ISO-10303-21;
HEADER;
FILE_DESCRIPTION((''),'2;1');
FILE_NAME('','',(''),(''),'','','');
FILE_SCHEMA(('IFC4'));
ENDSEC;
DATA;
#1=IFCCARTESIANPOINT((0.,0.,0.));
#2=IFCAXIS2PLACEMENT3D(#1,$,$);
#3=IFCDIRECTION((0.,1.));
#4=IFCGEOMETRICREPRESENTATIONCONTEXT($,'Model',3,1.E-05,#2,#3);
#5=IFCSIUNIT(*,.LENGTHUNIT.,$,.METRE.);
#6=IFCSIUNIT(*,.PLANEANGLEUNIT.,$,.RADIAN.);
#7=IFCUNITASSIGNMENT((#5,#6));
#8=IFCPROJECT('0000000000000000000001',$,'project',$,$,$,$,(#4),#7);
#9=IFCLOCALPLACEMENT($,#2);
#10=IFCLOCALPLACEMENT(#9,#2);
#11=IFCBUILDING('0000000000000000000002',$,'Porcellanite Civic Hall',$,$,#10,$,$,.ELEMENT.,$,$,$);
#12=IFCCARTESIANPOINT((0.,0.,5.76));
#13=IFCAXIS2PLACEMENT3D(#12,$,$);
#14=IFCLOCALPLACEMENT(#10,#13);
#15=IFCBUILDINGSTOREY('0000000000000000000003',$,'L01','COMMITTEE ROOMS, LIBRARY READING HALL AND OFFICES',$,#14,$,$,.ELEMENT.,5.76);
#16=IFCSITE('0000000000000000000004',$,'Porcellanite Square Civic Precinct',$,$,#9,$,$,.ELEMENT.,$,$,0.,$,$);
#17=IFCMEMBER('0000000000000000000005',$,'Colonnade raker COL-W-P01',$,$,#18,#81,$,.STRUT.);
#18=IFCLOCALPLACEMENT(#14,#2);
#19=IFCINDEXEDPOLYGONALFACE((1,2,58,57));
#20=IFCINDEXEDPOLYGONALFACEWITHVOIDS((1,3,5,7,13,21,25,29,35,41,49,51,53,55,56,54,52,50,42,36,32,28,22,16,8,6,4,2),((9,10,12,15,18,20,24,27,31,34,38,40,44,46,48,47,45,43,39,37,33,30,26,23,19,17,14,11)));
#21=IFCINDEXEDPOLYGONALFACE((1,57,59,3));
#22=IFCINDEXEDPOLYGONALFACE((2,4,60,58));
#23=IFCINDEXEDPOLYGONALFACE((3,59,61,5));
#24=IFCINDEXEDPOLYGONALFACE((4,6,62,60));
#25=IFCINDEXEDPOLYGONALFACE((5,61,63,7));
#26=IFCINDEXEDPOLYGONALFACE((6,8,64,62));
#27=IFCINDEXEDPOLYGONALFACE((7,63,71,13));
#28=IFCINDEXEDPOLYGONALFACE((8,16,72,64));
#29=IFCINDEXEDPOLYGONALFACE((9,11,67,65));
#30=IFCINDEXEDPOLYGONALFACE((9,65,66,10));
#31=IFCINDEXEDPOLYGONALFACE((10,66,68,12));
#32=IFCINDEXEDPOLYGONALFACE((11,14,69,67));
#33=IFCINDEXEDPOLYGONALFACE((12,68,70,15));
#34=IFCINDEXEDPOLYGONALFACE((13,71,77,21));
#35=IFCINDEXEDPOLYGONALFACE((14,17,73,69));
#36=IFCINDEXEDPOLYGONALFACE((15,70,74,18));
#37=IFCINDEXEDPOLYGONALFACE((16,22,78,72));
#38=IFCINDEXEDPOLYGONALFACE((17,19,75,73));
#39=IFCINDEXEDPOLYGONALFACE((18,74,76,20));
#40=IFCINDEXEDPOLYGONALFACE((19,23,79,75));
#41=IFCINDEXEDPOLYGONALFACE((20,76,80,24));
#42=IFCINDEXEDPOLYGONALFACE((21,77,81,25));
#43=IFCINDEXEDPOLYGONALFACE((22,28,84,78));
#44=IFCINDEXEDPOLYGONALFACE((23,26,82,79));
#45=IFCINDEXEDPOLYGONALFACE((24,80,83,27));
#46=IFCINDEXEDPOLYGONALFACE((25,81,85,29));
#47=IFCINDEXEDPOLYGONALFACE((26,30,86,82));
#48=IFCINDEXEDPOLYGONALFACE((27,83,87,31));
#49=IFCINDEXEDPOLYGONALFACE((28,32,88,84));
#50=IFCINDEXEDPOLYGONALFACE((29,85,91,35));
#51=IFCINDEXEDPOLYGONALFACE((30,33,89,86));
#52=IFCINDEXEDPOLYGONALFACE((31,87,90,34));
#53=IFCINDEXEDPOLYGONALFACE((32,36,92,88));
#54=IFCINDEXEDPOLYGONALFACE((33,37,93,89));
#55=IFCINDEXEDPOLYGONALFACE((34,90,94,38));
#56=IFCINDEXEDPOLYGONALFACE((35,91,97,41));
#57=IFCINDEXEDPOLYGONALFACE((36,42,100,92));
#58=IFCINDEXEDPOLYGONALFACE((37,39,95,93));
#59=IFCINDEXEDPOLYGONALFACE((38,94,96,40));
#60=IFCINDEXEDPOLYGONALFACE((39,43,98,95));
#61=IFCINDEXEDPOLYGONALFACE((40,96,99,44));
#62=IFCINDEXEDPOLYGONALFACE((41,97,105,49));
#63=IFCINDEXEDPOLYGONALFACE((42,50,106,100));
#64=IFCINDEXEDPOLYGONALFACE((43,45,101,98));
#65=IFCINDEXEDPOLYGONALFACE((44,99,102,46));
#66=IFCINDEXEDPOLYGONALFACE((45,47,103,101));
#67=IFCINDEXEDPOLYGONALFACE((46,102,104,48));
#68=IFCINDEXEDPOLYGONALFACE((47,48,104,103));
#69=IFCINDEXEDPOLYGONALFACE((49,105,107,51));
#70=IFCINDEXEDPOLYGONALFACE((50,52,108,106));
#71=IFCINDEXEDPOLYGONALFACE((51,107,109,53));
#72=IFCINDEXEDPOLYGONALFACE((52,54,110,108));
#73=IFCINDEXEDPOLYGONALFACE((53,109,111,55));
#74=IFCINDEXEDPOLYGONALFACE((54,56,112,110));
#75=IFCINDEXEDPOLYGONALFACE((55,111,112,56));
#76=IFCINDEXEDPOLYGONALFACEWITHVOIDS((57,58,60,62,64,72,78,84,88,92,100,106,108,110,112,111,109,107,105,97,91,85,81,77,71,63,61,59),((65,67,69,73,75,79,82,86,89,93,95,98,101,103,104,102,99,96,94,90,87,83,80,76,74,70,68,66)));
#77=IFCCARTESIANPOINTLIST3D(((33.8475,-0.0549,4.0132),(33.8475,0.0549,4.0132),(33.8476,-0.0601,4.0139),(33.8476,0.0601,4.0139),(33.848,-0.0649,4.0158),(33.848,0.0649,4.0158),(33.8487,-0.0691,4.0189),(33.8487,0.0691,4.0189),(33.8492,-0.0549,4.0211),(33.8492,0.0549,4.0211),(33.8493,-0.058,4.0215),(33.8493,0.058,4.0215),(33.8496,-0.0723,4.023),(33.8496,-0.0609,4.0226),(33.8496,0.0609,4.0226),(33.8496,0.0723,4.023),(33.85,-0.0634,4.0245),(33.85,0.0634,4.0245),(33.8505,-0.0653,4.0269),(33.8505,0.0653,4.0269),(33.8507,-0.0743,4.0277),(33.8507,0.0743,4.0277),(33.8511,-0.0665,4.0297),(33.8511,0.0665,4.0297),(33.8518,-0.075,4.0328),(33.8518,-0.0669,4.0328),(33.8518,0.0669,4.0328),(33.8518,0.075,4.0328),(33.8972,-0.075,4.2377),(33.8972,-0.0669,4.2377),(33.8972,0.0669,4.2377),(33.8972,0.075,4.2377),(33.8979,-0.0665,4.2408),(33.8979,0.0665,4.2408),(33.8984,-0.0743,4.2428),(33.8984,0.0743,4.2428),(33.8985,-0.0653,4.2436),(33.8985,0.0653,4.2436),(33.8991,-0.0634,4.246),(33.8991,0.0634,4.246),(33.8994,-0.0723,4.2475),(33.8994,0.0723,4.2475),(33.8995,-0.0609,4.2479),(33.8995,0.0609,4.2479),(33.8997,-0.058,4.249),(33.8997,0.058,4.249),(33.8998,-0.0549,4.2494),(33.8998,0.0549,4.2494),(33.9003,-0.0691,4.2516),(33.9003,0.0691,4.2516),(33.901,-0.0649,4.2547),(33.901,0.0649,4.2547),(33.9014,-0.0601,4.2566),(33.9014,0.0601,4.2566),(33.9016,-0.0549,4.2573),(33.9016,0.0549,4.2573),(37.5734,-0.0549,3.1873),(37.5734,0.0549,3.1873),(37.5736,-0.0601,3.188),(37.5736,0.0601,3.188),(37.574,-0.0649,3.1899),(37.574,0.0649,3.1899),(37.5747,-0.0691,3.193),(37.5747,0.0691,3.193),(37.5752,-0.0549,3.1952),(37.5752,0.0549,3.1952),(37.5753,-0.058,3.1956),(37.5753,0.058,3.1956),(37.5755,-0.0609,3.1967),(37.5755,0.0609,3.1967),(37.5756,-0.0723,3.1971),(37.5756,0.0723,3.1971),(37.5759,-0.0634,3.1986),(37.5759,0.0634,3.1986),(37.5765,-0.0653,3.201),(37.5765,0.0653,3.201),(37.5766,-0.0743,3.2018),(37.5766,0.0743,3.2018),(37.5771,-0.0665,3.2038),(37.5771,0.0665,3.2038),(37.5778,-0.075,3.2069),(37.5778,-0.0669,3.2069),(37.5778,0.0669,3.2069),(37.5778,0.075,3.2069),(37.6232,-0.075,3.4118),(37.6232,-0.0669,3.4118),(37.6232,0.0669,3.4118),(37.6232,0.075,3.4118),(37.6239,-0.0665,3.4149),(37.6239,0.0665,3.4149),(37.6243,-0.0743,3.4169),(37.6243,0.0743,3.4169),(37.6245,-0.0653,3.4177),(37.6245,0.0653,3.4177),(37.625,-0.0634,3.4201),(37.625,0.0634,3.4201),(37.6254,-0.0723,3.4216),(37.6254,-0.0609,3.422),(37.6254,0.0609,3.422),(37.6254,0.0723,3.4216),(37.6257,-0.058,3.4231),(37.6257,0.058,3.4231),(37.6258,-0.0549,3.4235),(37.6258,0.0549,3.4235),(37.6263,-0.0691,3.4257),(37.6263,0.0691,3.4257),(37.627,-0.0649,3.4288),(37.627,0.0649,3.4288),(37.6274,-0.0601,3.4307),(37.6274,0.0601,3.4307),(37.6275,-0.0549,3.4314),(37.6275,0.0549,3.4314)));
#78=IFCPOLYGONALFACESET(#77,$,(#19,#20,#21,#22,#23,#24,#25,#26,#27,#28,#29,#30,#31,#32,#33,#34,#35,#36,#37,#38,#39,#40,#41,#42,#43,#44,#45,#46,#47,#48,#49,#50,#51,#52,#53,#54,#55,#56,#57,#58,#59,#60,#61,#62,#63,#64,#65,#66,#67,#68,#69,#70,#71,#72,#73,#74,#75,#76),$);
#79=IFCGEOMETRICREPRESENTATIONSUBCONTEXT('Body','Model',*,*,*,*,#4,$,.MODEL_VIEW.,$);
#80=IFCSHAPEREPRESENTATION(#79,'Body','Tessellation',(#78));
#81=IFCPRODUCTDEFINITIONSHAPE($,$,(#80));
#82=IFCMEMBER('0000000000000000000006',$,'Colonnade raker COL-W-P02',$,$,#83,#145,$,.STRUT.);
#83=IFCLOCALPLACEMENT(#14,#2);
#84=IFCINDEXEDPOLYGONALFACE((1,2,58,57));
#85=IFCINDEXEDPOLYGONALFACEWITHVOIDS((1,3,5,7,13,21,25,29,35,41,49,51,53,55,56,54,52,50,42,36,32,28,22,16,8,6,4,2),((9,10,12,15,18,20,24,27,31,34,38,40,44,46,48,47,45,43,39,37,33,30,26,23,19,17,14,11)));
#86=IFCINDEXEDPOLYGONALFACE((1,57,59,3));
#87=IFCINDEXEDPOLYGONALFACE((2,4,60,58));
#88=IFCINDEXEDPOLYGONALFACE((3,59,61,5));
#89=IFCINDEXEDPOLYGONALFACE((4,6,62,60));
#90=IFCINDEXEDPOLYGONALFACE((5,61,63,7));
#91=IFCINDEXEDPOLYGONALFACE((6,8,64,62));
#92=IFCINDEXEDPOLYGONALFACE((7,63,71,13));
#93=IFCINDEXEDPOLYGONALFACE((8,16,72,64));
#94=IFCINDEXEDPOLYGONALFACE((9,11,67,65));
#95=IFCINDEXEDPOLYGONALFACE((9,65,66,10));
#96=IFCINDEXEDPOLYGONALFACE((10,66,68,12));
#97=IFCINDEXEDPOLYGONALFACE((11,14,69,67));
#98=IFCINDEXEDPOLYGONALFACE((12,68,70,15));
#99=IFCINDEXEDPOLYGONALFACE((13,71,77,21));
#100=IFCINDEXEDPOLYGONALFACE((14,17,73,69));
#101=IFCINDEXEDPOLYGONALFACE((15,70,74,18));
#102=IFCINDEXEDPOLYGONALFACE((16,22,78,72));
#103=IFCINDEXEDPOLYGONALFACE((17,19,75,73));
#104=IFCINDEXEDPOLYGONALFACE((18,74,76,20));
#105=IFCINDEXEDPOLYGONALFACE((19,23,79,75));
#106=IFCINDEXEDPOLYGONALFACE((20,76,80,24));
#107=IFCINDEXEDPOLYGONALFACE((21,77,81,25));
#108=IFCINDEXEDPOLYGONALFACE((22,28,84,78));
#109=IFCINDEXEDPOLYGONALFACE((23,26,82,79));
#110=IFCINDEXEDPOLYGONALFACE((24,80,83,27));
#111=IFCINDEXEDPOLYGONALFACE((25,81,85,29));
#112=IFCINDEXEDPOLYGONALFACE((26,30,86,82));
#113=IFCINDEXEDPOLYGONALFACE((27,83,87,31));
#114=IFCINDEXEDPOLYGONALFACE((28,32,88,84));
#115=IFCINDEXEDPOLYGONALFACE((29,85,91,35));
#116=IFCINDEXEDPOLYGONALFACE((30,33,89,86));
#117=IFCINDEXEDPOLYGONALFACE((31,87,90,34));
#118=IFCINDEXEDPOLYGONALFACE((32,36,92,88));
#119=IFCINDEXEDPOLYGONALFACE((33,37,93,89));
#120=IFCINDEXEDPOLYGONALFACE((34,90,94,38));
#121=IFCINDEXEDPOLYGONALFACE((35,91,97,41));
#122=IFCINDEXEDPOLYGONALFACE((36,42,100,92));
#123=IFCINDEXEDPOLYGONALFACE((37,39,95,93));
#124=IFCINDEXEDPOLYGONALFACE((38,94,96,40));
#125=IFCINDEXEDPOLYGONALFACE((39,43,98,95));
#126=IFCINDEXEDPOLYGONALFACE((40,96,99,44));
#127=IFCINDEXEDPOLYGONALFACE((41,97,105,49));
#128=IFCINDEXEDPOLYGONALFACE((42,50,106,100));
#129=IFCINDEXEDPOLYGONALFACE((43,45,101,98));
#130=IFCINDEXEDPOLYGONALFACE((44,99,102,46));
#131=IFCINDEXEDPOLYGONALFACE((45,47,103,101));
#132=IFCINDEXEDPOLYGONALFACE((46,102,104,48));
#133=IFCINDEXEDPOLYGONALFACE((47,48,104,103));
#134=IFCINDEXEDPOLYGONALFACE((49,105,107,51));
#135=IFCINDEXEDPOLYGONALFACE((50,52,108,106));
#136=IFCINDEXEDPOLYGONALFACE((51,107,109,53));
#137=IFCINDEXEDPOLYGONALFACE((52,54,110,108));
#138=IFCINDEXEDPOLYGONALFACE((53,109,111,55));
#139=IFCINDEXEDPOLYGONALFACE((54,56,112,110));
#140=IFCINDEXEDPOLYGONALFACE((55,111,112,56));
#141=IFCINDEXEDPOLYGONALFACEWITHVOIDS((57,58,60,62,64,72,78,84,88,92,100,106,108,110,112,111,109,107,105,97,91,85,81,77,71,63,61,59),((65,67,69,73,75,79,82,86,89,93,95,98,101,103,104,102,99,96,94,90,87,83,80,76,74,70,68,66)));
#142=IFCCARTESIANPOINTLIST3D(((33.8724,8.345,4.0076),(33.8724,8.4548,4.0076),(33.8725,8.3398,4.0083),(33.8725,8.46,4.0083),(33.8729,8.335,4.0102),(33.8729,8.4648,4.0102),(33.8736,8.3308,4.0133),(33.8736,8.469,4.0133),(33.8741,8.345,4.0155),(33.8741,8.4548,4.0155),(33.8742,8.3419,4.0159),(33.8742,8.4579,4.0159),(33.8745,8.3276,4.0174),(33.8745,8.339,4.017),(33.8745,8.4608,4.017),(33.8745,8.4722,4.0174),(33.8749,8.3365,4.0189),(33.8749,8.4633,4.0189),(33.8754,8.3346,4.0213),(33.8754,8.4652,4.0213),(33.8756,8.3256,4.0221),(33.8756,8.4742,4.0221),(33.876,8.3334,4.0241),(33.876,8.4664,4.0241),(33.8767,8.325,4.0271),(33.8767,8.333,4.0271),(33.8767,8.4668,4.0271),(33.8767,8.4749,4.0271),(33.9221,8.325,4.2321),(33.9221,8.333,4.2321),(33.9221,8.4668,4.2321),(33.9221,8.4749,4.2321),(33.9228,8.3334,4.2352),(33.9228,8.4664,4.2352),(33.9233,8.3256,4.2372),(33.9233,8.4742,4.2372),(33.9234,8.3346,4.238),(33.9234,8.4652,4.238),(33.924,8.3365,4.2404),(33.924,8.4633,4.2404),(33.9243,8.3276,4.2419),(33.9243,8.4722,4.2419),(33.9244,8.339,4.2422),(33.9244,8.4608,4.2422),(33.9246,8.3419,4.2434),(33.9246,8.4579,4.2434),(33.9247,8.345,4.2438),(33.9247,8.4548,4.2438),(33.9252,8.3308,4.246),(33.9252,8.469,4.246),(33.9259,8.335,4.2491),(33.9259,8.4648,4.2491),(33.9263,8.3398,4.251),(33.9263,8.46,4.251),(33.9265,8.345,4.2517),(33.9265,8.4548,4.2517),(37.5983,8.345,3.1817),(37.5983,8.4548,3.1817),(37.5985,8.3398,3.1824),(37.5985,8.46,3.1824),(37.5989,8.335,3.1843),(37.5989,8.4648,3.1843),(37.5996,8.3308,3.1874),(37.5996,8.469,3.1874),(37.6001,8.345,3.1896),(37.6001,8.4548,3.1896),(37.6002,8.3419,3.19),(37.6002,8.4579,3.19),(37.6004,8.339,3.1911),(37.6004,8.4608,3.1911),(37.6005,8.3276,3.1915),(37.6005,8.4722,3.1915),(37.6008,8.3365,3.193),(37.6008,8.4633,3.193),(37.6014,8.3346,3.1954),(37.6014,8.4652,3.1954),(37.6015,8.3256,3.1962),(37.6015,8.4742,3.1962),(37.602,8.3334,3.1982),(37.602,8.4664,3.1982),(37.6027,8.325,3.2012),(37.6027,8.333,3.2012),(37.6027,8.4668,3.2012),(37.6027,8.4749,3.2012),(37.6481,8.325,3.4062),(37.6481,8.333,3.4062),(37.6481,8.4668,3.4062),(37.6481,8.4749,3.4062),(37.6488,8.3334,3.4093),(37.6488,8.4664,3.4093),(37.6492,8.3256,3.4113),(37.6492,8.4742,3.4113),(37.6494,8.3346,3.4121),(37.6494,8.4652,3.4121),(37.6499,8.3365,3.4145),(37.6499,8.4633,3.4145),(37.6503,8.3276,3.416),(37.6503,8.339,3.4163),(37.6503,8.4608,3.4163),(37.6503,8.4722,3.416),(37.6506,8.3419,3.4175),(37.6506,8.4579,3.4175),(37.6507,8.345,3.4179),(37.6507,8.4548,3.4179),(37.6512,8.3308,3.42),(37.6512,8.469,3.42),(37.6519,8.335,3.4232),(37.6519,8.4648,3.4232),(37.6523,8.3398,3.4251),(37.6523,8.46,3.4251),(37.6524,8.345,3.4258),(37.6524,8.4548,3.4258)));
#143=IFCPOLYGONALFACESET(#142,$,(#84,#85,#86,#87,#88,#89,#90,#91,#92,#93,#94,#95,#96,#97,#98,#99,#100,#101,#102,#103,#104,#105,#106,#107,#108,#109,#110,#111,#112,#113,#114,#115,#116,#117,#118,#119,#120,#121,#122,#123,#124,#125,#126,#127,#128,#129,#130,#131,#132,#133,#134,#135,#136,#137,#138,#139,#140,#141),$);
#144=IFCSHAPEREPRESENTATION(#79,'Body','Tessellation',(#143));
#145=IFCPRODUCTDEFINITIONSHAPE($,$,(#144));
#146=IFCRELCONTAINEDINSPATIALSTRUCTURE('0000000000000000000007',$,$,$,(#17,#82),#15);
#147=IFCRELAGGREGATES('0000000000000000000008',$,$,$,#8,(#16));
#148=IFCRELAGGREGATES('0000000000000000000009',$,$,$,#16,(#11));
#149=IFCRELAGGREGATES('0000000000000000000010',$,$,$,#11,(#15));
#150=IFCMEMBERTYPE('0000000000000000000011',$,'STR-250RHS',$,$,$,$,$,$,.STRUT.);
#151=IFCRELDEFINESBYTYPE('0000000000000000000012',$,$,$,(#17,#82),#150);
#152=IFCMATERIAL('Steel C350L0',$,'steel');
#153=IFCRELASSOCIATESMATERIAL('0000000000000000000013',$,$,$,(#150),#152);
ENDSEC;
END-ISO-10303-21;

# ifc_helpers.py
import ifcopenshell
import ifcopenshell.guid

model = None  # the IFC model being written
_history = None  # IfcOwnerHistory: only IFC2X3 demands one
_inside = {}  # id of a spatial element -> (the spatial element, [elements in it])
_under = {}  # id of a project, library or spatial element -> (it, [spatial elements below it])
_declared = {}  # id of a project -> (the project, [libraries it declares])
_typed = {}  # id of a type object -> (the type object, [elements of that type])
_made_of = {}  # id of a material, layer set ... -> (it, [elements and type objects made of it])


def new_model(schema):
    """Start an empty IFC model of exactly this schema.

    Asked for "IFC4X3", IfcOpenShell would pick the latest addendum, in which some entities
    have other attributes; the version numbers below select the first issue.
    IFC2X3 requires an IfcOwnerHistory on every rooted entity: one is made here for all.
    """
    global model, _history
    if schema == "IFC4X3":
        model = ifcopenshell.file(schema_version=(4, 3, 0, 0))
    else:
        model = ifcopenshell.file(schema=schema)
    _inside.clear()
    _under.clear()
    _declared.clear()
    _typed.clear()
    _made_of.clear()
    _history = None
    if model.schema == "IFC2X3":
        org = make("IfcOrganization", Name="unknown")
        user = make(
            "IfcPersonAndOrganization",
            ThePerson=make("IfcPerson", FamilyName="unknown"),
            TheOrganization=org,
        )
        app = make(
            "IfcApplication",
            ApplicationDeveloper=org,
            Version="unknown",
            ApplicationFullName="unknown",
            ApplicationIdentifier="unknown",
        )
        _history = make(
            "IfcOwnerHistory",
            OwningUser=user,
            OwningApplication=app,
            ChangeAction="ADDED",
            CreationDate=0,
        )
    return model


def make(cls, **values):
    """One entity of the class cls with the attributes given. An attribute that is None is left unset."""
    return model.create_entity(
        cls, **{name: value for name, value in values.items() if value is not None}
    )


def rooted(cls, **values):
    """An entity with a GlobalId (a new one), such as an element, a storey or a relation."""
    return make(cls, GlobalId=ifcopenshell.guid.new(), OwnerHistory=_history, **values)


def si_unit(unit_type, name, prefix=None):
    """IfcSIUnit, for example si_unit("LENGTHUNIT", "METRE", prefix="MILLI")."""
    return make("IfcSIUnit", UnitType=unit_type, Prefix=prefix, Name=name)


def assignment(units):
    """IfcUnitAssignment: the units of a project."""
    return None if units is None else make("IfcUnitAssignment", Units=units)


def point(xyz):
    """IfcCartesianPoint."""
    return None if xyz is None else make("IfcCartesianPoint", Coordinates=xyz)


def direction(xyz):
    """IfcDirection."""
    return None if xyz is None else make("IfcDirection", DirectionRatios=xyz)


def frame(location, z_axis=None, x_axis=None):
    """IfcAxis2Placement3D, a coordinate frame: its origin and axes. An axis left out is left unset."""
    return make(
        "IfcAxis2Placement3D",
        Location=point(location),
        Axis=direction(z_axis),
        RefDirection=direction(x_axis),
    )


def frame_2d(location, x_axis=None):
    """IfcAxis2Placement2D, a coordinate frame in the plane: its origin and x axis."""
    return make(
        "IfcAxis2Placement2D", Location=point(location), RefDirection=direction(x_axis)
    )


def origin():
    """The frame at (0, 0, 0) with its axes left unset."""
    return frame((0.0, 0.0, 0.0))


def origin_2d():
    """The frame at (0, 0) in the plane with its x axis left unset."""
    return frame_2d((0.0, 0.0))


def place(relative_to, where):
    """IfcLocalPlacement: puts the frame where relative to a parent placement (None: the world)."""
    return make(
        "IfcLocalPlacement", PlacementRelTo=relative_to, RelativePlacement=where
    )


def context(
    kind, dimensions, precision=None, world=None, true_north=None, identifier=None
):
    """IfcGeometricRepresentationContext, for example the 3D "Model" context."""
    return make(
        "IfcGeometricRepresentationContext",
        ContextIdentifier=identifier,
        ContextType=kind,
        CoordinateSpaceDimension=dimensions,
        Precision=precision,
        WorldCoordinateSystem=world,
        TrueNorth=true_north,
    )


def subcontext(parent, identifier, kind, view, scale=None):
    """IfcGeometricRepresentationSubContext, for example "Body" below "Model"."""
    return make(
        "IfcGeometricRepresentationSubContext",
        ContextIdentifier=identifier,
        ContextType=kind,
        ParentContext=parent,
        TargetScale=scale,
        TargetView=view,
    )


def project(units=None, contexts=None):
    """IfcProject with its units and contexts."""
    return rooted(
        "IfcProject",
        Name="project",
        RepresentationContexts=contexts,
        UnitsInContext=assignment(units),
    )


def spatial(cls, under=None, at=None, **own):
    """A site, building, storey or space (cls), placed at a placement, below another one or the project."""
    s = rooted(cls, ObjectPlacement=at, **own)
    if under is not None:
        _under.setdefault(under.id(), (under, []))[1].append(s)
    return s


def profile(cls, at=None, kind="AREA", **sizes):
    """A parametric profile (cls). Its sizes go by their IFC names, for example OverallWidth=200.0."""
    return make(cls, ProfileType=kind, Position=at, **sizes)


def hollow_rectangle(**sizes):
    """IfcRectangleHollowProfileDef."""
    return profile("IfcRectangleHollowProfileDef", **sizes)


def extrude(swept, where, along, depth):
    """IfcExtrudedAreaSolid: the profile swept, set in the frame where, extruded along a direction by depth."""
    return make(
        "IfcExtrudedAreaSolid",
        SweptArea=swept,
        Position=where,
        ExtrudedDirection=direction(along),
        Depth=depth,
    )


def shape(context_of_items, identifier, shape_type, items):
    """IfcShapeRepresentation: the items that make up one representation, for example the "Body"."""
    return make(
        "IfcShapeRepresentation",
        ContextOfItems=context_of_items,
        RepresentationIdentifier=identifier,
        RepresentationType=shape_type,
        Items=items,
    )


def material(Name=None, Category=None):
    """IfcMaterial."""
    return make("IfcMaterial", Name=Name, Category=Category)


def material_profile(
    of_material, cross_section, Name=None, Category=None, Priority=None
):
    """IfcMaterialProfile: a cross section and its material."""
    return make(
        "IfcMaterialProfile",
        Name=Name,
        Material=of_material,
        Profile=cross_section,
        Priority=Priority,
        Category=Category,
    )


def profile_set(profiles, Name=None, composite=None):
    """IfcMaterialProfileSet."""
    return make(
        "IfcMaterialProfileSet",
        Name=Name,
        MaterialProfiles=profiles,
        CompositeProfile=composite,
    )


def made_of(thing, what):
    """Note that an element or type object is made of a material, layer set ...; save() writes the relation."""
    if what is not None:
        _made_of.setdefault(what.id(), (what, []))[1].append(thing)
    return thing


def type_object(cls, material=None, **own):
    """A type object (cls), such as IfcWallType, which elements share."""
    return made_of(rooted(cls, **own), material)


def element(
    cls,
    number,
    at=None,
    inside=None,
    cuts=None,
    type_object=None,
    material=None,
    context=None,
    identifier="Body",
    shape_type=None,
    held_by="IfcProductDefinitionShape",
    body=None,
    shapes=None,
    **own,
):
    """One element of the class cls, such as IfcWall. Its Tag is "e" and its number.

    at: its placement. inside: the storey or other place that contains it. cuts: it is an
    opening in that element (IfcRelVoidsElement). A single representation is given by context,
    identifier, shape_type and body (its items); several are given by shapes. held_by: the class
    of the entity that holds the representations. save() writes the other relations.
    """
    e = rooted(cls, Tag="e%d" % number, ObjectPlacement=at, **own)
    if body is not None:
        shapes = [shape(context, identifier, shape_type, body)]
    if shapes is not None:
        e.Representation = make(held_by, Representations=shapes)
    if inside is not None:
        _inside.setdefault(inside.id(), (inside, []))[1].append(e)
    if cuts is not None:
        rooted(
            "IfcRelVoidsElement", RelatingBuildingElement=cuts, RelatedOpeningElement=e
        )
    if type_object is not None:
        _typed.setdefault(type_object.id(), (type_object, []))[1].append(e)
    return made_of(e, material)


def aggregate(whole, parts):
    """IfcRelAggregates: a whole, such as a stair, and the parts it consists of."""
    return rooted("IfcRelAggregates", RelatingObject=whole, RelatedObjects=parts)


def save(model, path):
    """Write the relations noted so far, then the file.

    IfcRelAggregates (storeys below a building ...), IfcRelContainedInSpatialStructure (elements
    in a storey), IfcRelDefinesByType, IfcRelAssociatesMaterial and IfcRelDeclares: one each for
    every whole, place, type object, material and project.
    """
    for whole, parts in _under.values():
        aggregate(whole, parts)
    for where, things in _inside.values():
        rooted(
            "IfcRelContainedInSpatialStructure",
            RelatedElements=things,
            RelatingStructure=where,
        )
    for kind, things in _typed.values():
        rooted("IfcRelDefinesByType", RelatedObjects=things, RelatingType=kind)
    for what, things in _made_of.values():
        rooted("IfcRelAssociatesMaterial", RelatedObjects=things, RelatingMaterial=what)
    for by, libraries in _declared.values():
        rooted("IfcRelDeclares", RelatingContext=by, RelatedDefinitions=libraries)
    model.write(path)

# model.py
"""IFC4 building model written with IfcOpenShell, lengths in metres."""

from ifc_helpers import new_model, si_unit, direction, frame, origin, origin_2d, place, context, subcontext, project, spatial, hollow_rectangle, extrude, material, material_profile, profile_set, type_object, element, save


model = new_model("IFC4")

# Units and contexts
model_context = context("Model", 3, precision=1e-05, world=origin(), true_north=direction((0.0, 1.0)))
body_context = subcontext(model_context, "Body", "Model", "MODEL_VIEW")
ifc_project = project(units=[si_unit("LENGTHUNIT", "METRE"), si_unit("PLANEANGLEUNIT", "RADIAN")], contexts=[model_context])

# Site, building, storey
site_placement = place(None, origin())
site = spatial("IfcSite", under=ifc_project, at=site_placement, Name="Porcellanite Square Civic Precinct", CompositionType="ELEMENT", RefElevation=0.0)
building_placement = place(site_placement, origin())
building = spatial("IfcBuilding", under=site, at=building_placement, Name="Porcellanite Civic Hall", CompositionType="ELEMENT")
storey_placement = place(building_placement, frame((0.0, 0.0, 5.76)))
storey = spatial("IfcBuildingStorey", under=building, at=storey_placement, Name="L01", Description="COMMITTEE ROOMS, LIBRARY READING HALL AND OFFICES", CompositionType="ELEMENT", Elevation=5.76)

# Members
ifc_material_1 = material(Name="Steel C350L0", Category="steel")
ifc_material_profile_1 = material_profile(ifc_material_1, hollow_rectangle(XDim=0.1499, YDim=0.25, WallThickness=0.0081, InnerFilletRadius=0.012, OuterFilletRadius=0.02, at=origin_2d()), Name="250x150x8.0RHS")
ifc_profile_set_1 = profile_set([ifc_material_profile_1], Name="Steel C350L0")
member_type_1 = type_object("IfcMemberType", Name="STR-250RHS", PredefinedType="STRUT", material=ifc_profile_set_1)
for number, where, z_axis, x_axis, name in (
    (1, (33.8745, 0.0, 4.1353), (0.976303, 0.0, -0.216409), (0.0, 1.0, 0.0), "Colonnade raker COL-W-P01"),
    (2, (33.8994, 8.3999, 4.1296), (0.976303, 0.0, -0.216409), (0.0, 1.0, 0.0), "Colonnade raker COL-W-P02"),
):
    element("IfcMember", number, at=place(storey_placement, frame(where, z_axis=z_axis, x_axis=x_axis)), inside=storey, type_object=member_type_1, Name=name, PredefinedType="STRUT", context=body_context, shape_type="SweptSolid", body=[
        extrude(hollow_rectangle(XDim=0.1499, YDim=0.25, WallThickness=0.0081, InnerFilletRadius=0.012, OuterFilletRadius=0.02, at=origin_2d()), origin(), (0.0, 0.0, 1.0), 3.8164),
    ])

save(model, "model.ifc")
